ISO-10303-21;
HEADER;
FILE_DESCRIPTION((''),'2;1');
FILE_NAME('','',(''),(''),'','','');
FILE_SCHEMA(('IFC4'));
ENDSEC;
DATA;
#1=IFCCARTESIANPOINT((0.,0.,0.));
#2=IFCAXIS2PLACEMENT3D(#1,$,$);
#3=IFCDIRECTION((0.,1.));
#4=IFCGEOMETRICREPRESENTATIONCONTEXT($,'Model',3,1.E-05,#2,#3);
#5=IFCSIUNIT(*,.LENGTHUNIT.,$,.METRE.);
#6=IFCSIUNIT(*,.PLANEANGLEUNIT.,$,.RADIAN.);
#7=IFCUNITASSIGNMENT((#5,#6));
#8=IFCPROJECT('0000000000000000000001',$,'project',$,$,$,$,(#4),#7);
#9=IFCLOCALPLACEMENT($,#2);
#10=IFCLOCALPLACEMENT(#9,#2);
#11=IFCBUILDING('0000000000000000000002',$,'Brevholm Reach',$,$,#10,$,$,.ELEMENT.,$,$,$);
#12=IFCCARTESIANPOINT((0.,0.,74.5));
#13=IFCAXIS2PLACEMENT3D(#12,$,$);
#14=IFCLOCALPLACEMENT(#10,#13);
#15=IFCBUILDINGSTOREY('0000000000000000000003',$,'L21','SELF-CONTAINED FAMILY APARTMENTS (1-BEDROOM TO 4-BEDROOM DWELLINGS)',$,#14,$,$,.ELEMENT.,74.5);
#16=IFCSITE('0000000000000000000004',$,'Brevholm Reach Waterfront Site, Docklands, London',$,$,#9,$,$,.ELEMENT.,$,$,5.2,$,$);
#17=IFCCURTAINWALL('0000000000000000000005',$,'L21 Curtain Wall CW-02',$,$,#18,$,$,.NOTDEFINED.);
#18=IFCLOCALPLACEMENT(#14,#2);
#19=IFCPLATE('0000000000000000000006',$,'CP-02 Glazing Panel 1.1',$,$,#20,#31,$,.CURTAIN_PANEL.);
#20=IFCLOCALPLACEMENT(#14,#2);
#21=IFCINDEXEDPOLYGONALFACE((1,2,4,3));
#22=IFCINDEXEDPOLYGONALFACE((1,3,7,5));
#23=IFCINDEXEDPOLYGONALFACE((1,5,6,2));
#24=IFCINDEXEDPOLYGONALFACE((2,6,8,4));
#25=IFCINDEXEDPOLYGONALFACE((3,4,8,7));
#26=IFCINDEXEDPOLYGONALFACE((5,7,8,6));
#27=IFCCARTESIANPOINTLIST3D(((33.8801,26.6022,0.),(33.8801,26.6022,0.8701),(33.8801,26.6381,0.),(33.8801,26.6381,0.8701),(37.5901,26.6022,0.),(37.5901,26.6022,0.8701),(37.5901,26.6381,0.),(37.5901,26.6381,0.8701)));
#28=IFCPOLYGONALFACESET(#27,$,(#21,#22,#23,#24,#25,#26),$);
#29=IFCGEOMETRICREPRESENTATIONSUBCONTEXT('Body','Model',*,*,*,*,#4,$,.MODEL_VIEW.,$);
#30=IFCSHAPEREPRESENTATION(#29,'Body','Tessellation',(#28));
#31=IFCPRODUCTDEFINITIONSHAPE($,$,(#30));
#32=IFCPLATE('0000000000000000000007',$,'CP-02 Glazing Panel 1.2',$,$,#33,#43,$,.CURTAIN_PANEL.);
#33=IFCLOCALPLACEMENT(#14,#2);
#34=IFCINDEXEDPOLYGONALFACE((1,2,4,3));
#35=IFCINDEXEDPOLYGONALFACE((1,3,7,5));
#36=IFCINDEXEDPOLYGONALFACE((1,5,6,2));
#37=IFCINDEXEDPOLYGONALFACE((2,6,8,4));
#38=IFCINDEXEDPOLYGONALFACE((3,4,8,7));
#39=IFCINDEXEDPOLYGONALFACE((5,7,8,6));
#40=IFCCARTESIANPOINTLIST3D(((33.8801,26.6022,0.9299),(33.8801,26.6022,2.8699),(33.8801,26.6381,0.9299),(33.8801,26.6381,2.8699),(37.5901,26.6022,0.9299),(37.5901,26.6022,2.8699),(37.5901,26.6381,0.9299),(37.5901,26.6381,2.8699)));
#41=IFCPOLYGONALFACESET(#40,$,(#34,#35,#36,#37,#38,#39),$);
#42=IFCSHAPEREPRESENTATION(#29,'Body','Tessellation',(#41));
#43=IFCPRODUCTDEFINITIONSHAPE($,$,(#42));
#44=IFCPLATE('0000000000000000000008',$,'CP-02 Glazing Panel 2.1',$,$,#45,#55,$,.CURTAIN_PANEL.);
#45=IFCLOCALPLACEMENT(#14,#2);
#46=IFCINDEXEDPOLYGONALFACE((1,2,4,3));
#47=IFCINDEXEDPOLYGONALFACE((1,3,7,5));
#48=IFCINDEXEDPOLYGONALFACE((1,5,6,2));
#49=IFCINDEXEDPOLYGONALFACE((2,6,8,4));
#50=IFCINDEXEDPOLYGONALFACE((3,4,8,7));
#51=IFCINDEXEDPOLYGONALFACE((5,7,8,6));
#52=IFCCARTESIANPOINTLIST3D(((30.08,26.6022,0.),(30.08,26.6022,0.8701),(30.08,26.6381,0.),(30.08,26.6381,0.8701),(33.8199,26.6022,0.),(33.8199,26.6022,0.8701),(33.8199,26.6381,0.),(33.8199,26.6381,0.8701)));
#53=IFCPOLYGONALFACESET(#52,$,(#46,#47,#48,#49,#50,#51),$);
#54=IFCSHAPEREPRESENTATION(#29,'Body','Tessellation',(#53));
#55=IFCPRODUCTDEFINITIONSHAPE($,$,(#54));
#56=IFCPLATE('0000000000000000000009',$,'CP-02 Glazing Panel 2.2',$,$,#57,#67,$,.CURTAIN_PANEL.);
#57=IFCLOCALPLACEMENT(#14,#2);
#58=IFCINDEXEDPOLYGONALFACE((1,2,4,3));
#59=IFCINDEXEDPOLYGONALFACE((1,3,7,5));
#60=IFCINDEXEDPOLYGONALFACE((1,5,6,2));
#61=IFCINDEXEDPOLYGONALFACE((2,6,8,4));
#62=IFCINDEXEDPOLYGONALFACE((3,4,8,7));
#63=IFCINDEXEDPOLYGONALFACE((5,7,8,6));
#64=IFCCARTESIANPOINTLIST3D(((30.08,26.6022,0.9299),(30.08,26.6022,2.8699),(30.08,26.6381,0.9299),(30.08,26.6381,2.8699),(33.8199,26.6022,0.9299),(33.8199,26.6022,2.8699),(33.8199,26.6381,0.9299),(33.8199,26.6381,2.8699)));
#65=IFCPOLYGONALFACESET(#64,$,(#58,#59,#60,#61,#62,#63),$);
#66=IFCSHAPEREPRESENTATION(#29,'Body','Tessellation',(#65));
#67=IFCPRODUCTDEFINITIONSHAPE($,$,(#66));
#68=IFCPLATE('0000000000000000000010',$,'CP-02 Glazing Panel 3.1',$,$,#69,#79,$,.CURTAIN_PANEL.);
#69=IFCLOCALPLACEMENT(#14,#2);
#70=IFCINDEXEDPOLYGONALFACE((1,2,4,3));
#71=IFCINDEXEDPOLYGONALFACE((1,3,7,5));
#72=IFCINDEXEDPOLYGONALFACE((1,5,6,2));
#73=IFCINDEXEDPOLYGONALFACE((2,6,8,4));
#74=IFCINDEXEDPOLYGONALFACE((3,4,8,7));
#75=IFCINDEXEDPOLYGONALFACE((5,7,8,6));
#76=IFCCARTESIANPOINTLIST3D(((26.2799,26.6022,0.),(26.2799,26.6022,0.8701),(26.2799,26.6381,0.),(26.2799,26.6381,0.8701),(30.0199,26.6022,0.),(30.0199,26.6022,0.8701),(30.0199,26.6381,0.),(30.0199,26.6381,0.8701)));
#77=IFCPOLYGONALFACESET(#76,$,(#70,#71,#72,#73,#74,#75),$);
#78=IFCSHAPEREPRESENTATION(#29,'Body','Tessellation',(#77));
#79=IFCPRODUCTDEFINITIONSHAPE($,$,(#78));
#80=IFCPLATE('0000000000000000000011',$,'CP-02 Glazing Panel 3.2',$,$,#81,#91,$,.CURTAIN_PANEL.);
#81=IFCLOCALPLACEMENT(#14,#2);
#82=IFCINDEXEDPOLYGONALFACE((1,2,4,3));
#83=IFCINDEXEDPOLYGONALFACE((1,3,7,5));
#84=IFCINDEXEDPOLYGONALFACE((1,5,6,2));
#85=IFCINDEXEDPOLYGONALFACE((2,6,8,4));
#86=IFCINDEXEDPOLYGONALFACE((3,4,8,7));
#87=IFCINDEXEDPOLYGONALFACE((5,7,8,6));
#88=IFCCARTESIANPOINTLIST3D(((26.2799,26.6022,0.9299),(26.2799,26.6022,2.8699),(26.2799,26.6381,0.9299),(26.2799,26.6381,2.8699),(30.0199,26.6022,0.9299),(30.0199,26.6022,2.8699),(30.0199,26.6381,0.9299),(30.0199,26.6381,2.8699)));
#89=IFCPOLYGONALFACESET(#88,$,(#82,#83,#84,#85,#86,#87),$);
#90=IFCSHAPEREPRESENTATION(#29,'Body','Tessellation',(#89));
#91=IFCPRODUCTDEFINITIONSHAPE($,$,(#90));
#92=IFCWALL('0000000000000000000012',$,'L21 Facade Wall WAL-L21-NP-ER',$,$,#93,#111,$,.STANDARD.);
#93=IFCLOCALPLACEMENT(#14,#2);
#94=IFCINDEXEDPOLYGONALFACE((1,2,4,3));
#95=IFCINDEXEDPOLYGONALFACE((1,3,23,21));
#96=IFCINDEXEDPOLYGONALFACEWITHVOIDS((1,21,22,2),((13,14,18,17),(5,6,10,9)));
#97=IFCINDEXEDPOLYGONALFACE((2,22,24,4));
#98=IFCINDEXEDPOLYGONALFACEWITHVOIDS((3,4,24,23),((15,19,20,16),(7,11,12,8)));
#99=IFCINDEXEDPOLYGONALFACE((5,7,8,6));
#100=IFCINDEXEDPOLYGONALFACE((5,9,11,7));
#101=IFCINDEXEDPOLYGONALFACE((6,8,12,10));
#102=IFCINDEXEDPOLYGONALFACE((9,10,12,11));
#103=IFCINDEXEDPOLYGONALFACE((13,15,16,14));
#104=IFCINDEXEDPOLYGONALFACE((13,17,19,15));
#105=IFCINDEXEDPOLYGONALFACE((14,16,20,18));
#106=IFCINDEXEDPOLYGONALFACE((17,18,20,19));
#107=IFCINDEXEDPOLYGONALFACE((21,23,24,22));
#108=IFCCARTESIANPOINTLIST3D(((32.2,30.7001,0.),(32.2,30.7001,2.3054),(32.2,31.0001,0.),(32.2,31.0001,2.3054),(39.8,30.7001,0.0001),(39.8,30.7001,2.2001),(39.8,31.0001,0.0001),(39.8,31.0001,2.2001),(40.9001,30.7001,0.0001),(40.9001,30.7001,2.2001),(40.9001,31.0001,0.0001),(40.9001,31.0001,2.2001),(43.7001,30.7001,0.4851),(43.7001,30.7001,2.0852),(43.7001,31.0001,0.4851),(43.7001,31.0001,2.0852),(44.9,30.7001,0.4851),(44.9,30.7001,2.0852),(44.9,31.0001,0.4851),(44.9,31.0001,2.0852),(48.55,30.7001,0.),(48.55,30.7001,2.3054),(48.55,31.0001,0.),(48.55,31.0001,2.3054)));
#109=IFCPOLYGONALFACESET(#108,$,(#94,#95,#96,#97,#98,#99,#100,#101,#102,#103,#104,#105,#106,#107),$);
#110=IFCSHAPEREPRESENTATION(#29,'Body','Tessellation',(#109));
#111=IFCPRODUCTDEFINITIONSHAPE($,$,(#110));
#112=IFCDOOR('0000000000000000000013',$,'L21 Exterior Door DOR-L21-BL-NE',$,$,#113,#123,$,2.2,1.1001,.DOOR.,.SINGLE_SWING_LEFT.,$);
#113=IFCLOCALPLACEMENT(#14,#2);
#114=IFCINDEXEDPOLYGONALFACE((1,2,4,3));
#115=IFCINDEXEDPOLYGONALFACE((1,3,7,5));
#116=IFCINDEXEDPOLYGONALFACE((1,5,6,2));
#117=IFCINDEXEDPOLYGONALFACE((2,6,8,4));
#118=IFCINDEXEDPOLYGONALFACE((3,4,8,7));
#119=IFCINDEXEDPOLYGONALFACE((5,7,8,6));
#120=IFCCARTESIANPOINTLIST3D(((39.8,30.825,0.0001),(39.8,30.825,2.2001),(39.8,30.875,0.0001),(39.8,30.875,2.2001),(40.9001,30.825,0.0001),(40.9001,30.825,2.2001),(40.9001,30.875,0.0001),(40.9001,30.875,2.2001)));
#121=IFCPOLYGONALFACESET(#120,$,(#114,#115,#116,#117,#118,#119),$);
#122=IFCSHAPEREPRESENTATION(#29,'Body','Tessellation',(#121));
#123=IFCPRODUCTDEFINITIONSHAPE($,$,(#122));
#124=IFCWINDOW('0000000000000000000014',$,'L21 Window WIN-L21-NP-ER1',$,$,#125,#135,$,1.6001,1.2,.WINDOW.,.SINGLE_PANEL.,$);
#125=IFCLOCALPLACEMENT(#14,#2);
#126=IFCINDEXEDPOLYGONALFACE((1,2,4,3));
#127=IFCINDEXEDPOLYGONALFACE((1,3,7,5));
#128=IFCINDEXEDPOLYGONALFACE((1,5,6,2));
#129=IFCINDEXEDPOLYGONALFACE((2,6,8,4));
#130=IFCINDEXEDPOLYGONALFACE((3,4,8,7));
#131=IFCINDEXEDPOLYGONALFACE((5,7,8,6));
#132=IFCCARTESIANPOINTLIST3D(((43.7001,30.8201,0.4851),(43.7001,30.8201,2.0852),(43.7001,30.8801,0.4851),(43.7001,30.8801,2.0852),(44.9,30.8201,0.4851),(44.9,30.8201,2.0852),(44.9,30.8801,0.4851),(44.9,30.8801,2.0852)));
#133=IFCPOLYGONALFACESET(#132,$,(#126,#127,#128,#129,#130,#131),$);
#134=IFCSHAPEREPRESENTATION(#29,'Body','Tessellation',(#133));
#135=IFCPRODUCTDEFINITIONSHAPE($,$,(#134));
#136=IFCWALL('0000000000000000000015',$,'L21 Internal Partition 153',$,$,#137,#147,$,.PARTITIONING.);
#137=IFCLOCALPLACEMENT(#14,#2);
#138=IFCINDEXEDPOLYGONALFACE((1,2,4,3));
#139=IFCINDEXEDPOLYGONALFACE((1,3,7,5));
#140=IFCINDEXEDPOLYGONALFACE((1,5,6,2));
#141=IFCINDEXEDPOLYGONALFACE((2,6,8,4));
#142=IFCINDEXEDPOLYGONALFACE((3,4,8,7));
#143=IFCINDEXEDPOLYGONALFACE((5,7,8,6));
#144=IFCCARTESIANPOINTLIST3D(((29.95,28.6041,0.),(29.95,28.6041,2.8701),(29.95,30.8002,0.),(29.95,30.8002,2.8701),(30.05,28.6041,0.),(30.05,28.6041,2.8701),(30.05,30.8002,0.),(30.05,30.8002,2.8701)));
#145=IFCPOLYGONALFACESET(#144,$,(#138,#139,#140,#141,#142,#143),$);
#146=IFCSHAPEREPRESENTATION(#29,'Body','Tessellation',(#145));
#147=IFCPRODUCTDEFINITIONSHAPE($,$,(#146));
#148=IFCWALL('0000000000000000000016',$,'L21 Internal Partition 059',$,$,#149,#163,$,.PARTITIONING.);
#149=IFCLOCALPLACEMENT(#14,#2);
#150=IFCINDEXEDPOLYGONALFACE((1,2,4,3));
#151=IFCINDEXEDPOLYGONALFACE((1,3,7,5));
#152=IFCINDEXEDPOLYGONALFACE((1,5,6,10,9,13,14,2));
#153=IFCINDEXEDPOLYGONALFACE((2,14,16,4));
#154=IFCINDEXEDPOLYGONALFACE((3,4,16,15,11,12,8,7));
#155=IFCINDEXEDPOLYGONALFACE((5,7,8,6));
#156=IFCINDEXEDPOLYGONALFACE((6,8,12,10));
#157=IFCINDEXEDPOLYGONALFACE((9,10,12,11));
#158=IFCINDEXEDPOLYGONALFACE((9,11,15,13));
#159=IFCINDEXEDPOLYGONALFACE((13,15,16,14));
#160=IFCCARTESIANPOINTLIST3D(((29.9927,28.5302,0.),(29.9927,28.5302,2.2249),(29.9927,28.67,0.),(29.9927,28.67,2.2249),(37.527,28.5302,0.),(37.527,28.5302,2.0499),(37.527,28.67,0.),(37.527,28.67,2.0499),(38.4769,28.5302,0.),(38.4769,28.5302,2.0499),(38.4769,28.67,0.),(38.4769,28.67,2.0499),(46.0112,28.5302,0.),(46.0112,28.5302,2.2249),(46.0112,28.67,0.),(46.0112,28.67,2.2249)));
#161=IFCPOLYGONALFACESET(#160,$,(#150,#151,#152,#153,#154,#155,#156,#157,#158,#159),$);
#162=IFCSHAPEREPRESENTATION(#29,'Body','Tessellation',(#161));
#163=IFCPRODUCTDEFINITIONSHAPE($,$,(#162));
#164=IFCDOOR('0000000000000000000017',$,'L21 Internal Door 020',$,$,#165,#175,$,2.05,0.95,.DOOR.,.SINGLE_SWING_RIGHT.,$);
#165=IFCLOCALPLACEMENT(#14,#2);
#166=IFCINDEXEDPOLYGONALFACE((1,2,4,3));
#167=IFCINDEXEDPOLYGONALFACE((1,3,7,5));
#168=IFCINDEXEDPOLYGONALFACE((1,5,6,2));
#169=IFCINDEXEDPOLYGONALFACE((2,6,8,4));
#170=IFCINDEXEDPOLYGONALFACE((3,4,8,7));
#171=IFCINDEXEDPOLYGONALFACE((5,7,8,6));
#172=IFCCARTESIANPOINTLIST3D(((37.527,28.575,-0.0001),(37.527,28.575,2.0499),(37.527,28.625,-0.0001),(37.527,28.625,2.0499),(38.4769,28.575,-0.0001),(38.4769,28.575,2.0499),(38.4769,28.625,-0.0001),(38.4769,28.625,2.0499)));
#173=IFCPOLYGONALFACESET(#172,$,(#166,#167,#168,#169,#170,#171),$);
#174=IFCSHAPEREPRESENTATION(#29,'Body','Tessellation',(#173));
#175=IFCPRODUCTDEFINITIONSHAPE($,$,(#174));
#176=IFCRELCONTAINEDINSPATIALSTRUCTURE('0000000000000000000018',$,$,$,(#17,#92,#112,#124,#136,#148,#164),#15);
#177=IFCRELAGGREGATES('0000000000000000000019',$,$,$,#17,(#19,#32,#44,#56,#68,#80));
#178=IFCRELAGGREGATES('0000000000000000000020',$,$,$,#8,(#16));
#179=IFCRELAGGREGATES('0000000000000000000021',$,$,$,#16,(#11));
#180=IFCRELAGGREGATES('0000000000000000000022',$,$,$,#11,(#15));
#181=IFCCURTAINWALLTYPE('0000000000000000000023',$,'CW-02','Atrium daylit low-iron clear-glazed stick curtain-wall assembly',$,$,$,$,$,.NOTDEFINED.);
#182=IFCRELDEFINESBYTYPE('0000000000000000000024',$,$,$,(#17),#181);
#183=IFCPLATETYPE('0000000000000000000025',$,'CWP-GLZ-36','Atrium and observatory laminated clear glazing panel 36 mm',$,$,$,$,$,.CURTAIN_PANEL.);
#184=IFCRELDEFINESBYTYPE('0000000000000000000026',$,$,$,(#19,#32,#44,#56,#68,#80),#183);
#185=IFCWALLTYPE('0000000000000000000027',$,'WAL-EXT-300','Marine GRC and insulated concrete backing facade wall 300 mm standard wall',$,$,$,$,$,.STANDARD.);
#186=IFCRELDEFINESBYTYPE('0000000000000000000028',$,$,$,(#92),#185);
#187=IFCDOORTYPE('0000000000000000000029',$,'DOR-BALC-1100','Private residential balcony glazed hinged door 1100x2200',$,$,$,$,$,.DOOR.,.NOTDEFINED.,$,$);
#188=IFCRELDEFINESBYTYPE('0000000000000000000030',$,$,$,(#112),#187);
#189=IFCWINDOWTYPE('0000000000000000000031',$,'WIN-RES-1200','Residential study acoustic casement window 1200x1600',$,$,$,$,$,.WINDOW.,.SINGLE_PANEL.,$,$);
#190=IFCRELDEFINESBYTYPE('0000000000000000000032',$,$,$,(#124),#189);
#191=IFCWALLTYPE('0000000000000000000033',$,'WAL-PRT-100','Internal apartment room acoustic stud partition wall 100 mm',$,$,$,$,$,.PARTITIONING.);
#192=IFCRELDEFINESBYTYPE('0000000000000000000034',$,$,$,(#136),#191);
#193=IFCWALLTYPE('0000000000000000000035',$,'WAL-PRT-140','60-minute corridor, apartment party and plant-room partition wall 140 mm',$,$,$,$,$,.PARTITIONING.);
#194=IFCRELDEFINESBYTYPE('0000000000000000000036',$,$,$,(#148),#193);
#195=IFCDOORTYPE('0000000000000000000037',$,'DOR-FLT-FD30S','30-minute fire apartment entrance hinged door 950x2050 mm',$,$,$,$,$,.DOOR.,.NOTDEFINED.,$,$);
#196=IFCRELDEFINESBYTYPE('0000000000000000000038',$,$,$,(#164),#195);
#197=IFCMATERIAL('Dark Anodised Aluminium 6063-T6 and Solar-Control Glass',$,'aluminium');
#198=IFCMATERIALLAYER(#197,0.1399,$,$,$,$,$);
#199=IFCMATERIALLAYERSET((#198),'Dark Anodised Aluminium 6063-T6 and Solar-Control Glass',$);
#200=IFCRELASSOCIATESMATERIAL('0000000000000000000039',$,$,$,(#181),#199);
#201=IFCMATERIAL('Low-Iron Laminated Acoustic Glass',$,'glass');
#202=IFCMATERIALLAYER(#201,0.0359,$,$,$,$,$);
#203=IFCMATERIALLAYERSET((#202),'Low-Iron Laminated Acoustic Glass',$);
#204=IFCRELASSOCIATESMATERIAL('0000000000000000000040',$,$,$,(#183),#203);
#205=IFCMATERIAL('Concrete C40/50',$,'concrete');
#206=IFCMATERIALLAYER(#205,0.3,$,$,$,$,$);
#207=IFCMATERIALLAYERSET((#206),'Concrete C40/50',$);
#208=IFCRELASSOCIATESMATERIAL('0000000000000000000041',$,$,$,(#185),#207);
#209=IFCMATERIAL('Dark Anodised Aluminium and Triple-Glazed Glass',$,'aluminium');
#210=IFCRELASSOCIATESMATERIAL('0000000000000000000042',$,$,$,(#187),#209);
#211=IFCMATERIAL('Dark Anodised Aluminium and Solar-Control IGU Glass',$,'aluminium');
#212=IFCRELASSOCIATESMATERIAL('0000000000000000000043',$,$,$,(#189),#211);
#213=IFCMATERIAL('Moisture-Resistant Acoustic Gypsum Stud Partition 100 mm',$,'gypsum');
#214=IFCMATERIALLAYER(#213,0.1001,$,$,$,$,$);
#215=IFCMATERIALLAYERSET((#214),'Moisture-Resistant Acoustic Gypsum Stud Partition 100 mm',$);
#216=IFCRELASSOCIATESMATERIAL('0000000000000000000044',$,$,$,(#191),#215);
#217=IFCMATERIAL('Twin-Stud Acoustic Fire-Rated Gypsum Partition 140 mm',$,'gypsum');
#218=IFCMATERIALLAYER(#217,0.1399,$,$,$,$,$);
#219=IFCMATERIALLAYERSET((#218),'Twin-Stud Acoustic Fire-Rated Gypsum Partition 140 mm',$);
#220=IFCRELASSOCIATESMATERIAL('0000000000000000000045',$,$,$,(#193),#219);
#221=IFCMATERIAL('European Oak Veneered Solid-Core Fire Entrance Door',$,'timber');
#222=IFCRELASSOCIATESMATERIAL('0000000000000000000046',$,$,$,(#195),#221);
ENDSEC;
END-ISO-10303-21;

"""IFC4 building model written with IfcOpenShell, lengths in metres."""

from ifc_helpers import new_model, si_unit, direction, frame, frame_2d, origin, origin_2d, place, context, subcontext, project, spatial, rectangle, extrude, material, layer, layer_set, type_object, element, fill, aggregate, save


model = new_model("IFC4")

# Units and contexts
model_context = context("Model", 3, precision=1e-05, world=origin(), true_north=direction((0.0, 1.0)))
body_context = subcontext(model_context, "Body", "Model", "MODEL_VIEW")
ifc_project = project(units=[si_unit("LENGTHUNIT", "METRE"), si_unit("PLANEANGLEUNIT", "RADIAN")], contexts=[model_context])

# Site, building, storey
site_placement = place(None, origin())
site = spatial("IfcSite", under=ifc_project, at=site_placement, Name="Brevholm Reach Waterfront Site, Docklands, London", CompositionType="ELEMENT", RefElevation=5.2)
building_placement = place(site_placement, origin())
building = spatial("IfcBuilding", under=site, at=building_placement, Name="Brevholm Reach", CompositionType="ELEMENT")
storey_placement = place(building_placement, frame((0.0, 0.0, 74.5)))
storey = spatial("IfcBuildingStorey", under=building, at=storey_placement, Name="L21", Description="SELF-CONTAINED FAMILY APARTMENTS (1-BEDROOM TO 4-BEDROOM DWELLINGS)", CompositionType="ELEMENT", Elevation=74.5)

# Curtain wall
ifc_material_1 = material(Name="Dark Anodised Aluminium 6063-T6 and Solar-Control Glass", Category="aluminium")
ifc_layer_1 = layer(ifc_material_1, 0.1399)
ifc_layer_set_1 = layer_set([ifc_layer_1], Name="Dark Anodised Aluminium 6063-T6 and Solar-Control Glass")
curtain_wall_type_1 = type_object("IfcCurtainWallType", Name="CW-02", Description="Atrium daylit low-iron clear-glazed stick curtain-wall assembly", PredefinedType="NOTDEFINED", material=ifc_layer_set_1)
curtain_wall_1_placement = place(storey_placement, origin())
curtain_wall_1 = element("IfcCurtainWall", 1, at=curtain_wall_1_placement, inside=storey, type_object=curtain_wall_type_1, Name="L21 Curtain Wall CW-02", PredefinedType="NOTDEFINED")

# Plates
ifc_material_2 = material(Name="Low-Iron Laminated Acoustic Glass", Category="glass")
ifc_layer_2 = layer(ifc_material_2, 0.0359)
ifc_layer_set_2 = layer_set([ifc_layer_2], Name="Low-Iron Laminated Acoustic Glass")
plate_type_1 = type_object("IfcPlateType", Name="CWP-GLZ-36", Description="Atrium and observatory laminated clear glazing panel 36 mm", PredefinedType="CURTAIN_PANEL", material=ifc_layer_set_2)
plate_1_placement = place(storey_placement, frame((35.7351, 26.6201, 0.0), z_axis=(0.0, 0.0, 1.0), x_axis=(-1.0, 0.0, 0.0)))
plate_1 = element("IfcPlate", 2, at=plate_1_placement, type_object=plate_type_1, Name="CP-02 Glazing Panel 1.1", PredefinedType="CURTAIN_PANEL", context=body_context, shape_type="SweptSolid", body=[
    extrude(rectangle(XDim=3.71, YDim=0.0359, at=origin_2d()), origin(), (0.0, 0.0, 1.0), 0.8701),
])
plate_2_placement = place(storey_placement, frame((35.7351, 26.6201, 0.9299), z_axis=(0.0, 0.0, 1.0), x_axis=(-1.0, 0.0, 0.0)))
plate_2 = element("IfcPlate", 3, at=plate_2_placement, type_object=plate_type_1, Name="CP-02 Glazing Panel 1.2", PredefinedType="CURTAIN_PANEL", context=body_context, shape_type="SweptSolid", body=[
    extrude(rectangle(XDim=3.71, YDim=0.0359, at=origin_2d()), origin(), (0.0, 0.0, 1.0), 1.9399),
])
plate_3_placement = place(storey_placement, frame((31.95, 26.6201, 0.0), z_axis=(0.0, 0.0, 1.0), x_axis=(-1.0, 0.0, 0.0)))
plate_3 = element("IfcPlate", 4, at=plate_3_placement, type_object=plate_type_1, Name="CP-02 Glazing Panel 2.1", PredefinedType="CURTAIN_PANEL", context=body_context, shape_type="SweptSolid", body=[
    extrude(rectangle(XDim=3.74, YDim=0.0359, at=origin_2d()), origin(), (0.0, 0.0, 1.0), 0.8701),
])
plate_4_placement = place(storey_placement, frame((31.95, 26.6201, 0.9299), z_axis=(0.0, 0.0, 1.0), x_axis=(-1.0, 0.0, 0.0)))
plate_4 = element("IfcPlate", 5, at=plate_4_placement, type_object=plate_type_1, Name="CP-02 Glazing Panel 2.2", PredefinedType="CURTAIN_PANEL", context=body_context, shape_type="SweptSolid", body=[
    extrude(rectangle(XDim=3.74, YDim=0.0359, at=origin_2d()), origin(), (0.0, 0.0, 1.0), 1.9399),
])
plate_5_placement = place(storey_placement, frame((28.1499, 26.6201, 0.0), z_axis=(0.0, 0.0, 1.0), x_axis=(-1.0, 0.0, 0.0)))
plate_5 = element("IfcPlate", 6, at=plate_5_placement, type_object=plate_type_1, Name="CP-02 Glazing Panel 3.1", PredefinedType="CURTAIN_PANEL", context=body_context, shape_type="SweptSolid", body=[
    extrude(rectangle(XDim=3.74, YDim=0.0359, at=origin_2d()), origin(), (0.0, 0.0, 1.0), 0.8701),
])
plate_6_placement = place(storey_placement, frame((28.1499, 26.6201, 0.9299), z_axis=(0.0, 0.0, 1.0), x_axis=(-1.0, 0.0, 0.0)))
plate_6 = element("IfcPlate", 7, at=plate_6_placement, type_object=plate_type_1, Name="CP-02 Glazing Panel 3.2", PredefinedType="CURTAIN_PANEL", context=body_context, shape_type="SweptSolid", body=[
    extrude(rectangle(XDim=3.74, YDim=0.0359, at=origin_2d()), origin(), (0.0, 0.0, 1.0), 1.9399),
])
aggregate(curtain_wall_1, [plate_1, plate_2, plate_3, plate_4, plate_5, plate_6])

# Wall, openings, door, window
ifc_material_3 = material(Name="Concrete C40/50", Category="concrete")
ifc_layer_3 = layer(ifc_material_3, 0.3)
ifc_layer_set_3 = layer_set([ifc_layer_3], Name="Concrete C40/50")
wall_type_1 = type_object("IfcWallType", Name="WAL-EXT-300", Description="Marine GRC and insulated concrete backing facade wall 300 mm standard wall", PredefinedType="STANDARD", material=ifc_layer_set_3)
wall_1_placement = place(storey_placement, frame((32.2, 30.8501, 0.0), z_axis=(0.0, 0.0, 1.0), x_axis=(1.0, 0.0, 0.0)))
wall_1 = element("IfcWall", 8, at=wall_1_placement, inside=storey, type_object=wall_type_1, Name="L21 Facade Wall WAL-L21-NP-ER", PredefinedType="STANDARD", context=body_context, shape_type="SweptSolid", body=[
    extrude(rectangle(XDim=16.3501, YDim=0.3, at=frame_2d((8.175, 0.0))), origin(), (0.0, 0.0, 1.0), 2.3054),
])
opening_1_placement = place(wall_1_placement, frame((7.6001, 0.0, 0.0)))
opening_1 = element("IfcOpeningElement", 9, at=opening_1_placement, cuts=wall_1, PredefinedType="OPENING", context=body_context, shape_type="SweptSolid", body=[
    extrude(rectangle(XDim=1.1001, YDim=2.2, at=frame_2d((0.55, 1.1001))), frame((0.0, 0.1599, 0.0), z_axis=(0.0, -1.0, 0.0), x_axis=(1.0, 0.0, 0.0)), (0.0, 0.0, 1.0), 0.3201),
])
opening_2_placement = place(wall_1_placement, frame((11.5, 0.0, 0.4851)))
opening_2 = element("IfcOpeningElement", 10, at=opening_2_placement, cuts=wall_1, PredefinedType="OPENING", context=body_context, shape_type="SweptSolid", body=[
    extrude(rectangle(XDim=1.2, YDim=1.6001, at=frame_2d((0.6001, 0.8))), frame((0.0, 0.1599, 0.0), z_axis=(0.0, -1.0, 0.0), x_axis=(1.0, 0.0, 0.0)), (0.0, 0.0, 1.0), 0.3201),
])
ifc_material_4 = material(Name="Dark Anodised Aluminium and Triple-Glazed Glass", Category="aluminium")
door_type_1 = type_object("IfcDoorType", Name="DOR-BALC-1100", Description="Private residential balcony glazed hinged door 1100x2200", OperationType="NOTDEFINED", PredefinedType="DOOR", material=ifc_material_4)
door_1_placement = place(opening_1_placement, origin())
door_1 = element("IfcDoor", 11, at=door_1_placement, inside=storey, type_object=door_type_1, Name="L21 Exterior Door DOR-L21-BL-NE", OperationType="SINGLE_SWING_LEFT", OverallHeight=2.2, OverallWidth=1.1001, PredefinedType="DOOR", context=body_context, shape_type="SweptSolid", body=[
    extrude(rectangle(XDim=1.1001, YDim=2.2, at=frame_2d((0.55, 1.1001))), frame((0.0, 0.0249, 0.0), z_axis=(0.0, -1.0, 0.0), x_axis=(1.0, 0.0, 0.0)), (0.0, 0.0, 1.0), 0.05),
])
fill(opening_1, door_1)
ifc_material_5 = material(Name="Dark Anodised Aluminium and Solar-Control IGU Glass", Category="aluminium")
window_type = type_object("IfcWindowType", Name="WIN-RES-1200", Description="Residential study acoustic casement window 1200x1600", PartitioningType="SINGLE_PANEL", PredefinedType="WINDOW", material=ifc_material_5)
window_placement = place(opening_2_placement, origin())
window = element("IfcWindow", 12, at=window_placement, inside=storey, type_object=window_type, Name="L21 Window WIN-L21-NP-ER1", OverallHeight=1.6001, OverallWidth=1.2, PartitioningType="SINGLE_PANEL", PredefinedType="WINDOW", context=body_context, shape_type="SweptSolid", body=[
    extrude(rectangle(XDim=1.2, YDim=1.6001, at=frame_2d((0.6001, 0.8))), frame((0.0, 0.03, 0.0), z_axis=(0.0, -1.0, 0.0), x_axis=(1.0, 0.0, 0.0)), (0.0, 0.0, 1.0), 0.0601),
])
fill(opening_2, window)

# Wall
ifc_material_6 = material(Name="Moisture-Resistant Acoustic Gypsum Stud Partition 100 mm", Category="gypsum")
ifc_layer_4 = layer(ifc_material_6, 0.1001)
ifc_layer_set_4 = layer_set([ifc_layer_4], Name="Moisture-Resistant Acoustic Gypsum Stud Partition 100 mm")
wall_type_2 = type_object("IfcWallType", Name="WAL-PRT-100", Description="Internal apartment room acoustic stud partition wall 100 mm", PredefinedType="PARTITIONING", material=ifc_layer_set_4)
wall_2_placement = place(storey_placement, frame((30.0, 28.604, 0.0), z_axis=(0.0, 0.0, 1.0), x_axis=(0.0, 1.0, 0.0)))
element("IfcWall", 13, at=wall_2_placement, inside=storey, type_object=wall_type_2, Name="L21 Internal Partition 153", PredefinedType="PARTITIONING", context=body_context, shape_type="SweptSolid", body=[
    extrude(rectangle(XDim=2.196, YDim=0.1001, at=frame_2d((1.0981, 0.0))), origin(), (0.0, 0.0, 1.0), 2.8701),
])

# Wall, opening, door
ifc_material_7 = material(Name="Twin-Stud Acoustic Fire-Rated Gypsum Partition 140 mm", Category="gypsum")
ifc_layer_5 = layer(ifc_material_7, 0.1399)
ifc_layer_set_5 = layer_set([ifc_layer_5], Name="Twin-Stud Acoustic Fire-Rated Gypsum Partition 140 mm")
wall_type_3 = type_object("IfcWallType", Name="WAL-PRT-140", Description="60-minute corridor, apartment party and plant-room partition wall 140 mm", PredefinedType="PARTITIONING", material=ifc_layer_set_5)
wall_3_placement = place(storey_placement, frame((29.9927, 28.6001, 0.0), z_axis=(0.0, 0.0, 1.0), x_axis=(1.0, 0.0, 0.0)))
wall_3 = element("IfcWall", 14, at=wall_3_placement, inside=storey, type_object=wall_type_3, Name="L21 Internal Partition 059", PredefinedType="PARTITIONING", context=body_context, shape_type="SweptSolid", body=[
    extrude(rectangle(XDim=16.0186, YDim=0.1399, at=frame_2d((8.0093, 0.0))), origin(), (0.0, 0.0, 1.0), 2.2249),
])
opening_3_placement = place(wall_3_placement, frame((7.5342, 0.0, 0.0)))
opening_3 = element("IfcOpeningElement", 15, at=opening_3_placement, cuts=wall_3, PredefinedType="OPENING", context=body_context, shape_type="SweptSolid", body=[
    extrude(rectangle(XDim=0.95, YDim=2.05, at=frame_2d((0.4751, 1.0249))), frame((0.0, 0.0798, 0.0), z_axis=(0.0, -1.0, 0.0), x_axis=(1.0, 0.0, 0.0)), (0.0, 0.0, 1.0), 0.1599),
])
ifc_material_8 = material(Name="European Oak Veneered Solid-Core Fire Entrance Door", Category="timber")
door_type_2 = type_object("IfcDoorType", Name="DOR-FLT-FD30S", Description="30-minute fire apartment entrance hinged door 950x2050 mm", OperationType="NOTDEFINED", PredefinedType="DOOR", material=ifc_material_8)
door_2_placement = place(opening_3_placement, origin())
door_2 = element("IfcDoor", 16, at=door_2_placement, inside=storey, type_object=door_type_2, Name="L21 Internal Door 020", OperationType="SINGLE_SWING_RIGHT", OverallHeight=2.05, OverallWidth=0.95, PredefinedType="DOOR", context=body_context, shape_type="SweptSolid", body=[
    extrude(rectangle(XDim=0.95, YDim=2.05, at=frame_2d((0.4751, 1.0249))), frame((0.0, 0.0249, 0.0), z_axis=(0.0, -1.0, 0.0), x_axis=(1.0, 0.0, 0.0)), (0.0, 0.0, 1.0), 0.05),
])
fill(opening_3, door_2)

save(model, "model.ifc")
